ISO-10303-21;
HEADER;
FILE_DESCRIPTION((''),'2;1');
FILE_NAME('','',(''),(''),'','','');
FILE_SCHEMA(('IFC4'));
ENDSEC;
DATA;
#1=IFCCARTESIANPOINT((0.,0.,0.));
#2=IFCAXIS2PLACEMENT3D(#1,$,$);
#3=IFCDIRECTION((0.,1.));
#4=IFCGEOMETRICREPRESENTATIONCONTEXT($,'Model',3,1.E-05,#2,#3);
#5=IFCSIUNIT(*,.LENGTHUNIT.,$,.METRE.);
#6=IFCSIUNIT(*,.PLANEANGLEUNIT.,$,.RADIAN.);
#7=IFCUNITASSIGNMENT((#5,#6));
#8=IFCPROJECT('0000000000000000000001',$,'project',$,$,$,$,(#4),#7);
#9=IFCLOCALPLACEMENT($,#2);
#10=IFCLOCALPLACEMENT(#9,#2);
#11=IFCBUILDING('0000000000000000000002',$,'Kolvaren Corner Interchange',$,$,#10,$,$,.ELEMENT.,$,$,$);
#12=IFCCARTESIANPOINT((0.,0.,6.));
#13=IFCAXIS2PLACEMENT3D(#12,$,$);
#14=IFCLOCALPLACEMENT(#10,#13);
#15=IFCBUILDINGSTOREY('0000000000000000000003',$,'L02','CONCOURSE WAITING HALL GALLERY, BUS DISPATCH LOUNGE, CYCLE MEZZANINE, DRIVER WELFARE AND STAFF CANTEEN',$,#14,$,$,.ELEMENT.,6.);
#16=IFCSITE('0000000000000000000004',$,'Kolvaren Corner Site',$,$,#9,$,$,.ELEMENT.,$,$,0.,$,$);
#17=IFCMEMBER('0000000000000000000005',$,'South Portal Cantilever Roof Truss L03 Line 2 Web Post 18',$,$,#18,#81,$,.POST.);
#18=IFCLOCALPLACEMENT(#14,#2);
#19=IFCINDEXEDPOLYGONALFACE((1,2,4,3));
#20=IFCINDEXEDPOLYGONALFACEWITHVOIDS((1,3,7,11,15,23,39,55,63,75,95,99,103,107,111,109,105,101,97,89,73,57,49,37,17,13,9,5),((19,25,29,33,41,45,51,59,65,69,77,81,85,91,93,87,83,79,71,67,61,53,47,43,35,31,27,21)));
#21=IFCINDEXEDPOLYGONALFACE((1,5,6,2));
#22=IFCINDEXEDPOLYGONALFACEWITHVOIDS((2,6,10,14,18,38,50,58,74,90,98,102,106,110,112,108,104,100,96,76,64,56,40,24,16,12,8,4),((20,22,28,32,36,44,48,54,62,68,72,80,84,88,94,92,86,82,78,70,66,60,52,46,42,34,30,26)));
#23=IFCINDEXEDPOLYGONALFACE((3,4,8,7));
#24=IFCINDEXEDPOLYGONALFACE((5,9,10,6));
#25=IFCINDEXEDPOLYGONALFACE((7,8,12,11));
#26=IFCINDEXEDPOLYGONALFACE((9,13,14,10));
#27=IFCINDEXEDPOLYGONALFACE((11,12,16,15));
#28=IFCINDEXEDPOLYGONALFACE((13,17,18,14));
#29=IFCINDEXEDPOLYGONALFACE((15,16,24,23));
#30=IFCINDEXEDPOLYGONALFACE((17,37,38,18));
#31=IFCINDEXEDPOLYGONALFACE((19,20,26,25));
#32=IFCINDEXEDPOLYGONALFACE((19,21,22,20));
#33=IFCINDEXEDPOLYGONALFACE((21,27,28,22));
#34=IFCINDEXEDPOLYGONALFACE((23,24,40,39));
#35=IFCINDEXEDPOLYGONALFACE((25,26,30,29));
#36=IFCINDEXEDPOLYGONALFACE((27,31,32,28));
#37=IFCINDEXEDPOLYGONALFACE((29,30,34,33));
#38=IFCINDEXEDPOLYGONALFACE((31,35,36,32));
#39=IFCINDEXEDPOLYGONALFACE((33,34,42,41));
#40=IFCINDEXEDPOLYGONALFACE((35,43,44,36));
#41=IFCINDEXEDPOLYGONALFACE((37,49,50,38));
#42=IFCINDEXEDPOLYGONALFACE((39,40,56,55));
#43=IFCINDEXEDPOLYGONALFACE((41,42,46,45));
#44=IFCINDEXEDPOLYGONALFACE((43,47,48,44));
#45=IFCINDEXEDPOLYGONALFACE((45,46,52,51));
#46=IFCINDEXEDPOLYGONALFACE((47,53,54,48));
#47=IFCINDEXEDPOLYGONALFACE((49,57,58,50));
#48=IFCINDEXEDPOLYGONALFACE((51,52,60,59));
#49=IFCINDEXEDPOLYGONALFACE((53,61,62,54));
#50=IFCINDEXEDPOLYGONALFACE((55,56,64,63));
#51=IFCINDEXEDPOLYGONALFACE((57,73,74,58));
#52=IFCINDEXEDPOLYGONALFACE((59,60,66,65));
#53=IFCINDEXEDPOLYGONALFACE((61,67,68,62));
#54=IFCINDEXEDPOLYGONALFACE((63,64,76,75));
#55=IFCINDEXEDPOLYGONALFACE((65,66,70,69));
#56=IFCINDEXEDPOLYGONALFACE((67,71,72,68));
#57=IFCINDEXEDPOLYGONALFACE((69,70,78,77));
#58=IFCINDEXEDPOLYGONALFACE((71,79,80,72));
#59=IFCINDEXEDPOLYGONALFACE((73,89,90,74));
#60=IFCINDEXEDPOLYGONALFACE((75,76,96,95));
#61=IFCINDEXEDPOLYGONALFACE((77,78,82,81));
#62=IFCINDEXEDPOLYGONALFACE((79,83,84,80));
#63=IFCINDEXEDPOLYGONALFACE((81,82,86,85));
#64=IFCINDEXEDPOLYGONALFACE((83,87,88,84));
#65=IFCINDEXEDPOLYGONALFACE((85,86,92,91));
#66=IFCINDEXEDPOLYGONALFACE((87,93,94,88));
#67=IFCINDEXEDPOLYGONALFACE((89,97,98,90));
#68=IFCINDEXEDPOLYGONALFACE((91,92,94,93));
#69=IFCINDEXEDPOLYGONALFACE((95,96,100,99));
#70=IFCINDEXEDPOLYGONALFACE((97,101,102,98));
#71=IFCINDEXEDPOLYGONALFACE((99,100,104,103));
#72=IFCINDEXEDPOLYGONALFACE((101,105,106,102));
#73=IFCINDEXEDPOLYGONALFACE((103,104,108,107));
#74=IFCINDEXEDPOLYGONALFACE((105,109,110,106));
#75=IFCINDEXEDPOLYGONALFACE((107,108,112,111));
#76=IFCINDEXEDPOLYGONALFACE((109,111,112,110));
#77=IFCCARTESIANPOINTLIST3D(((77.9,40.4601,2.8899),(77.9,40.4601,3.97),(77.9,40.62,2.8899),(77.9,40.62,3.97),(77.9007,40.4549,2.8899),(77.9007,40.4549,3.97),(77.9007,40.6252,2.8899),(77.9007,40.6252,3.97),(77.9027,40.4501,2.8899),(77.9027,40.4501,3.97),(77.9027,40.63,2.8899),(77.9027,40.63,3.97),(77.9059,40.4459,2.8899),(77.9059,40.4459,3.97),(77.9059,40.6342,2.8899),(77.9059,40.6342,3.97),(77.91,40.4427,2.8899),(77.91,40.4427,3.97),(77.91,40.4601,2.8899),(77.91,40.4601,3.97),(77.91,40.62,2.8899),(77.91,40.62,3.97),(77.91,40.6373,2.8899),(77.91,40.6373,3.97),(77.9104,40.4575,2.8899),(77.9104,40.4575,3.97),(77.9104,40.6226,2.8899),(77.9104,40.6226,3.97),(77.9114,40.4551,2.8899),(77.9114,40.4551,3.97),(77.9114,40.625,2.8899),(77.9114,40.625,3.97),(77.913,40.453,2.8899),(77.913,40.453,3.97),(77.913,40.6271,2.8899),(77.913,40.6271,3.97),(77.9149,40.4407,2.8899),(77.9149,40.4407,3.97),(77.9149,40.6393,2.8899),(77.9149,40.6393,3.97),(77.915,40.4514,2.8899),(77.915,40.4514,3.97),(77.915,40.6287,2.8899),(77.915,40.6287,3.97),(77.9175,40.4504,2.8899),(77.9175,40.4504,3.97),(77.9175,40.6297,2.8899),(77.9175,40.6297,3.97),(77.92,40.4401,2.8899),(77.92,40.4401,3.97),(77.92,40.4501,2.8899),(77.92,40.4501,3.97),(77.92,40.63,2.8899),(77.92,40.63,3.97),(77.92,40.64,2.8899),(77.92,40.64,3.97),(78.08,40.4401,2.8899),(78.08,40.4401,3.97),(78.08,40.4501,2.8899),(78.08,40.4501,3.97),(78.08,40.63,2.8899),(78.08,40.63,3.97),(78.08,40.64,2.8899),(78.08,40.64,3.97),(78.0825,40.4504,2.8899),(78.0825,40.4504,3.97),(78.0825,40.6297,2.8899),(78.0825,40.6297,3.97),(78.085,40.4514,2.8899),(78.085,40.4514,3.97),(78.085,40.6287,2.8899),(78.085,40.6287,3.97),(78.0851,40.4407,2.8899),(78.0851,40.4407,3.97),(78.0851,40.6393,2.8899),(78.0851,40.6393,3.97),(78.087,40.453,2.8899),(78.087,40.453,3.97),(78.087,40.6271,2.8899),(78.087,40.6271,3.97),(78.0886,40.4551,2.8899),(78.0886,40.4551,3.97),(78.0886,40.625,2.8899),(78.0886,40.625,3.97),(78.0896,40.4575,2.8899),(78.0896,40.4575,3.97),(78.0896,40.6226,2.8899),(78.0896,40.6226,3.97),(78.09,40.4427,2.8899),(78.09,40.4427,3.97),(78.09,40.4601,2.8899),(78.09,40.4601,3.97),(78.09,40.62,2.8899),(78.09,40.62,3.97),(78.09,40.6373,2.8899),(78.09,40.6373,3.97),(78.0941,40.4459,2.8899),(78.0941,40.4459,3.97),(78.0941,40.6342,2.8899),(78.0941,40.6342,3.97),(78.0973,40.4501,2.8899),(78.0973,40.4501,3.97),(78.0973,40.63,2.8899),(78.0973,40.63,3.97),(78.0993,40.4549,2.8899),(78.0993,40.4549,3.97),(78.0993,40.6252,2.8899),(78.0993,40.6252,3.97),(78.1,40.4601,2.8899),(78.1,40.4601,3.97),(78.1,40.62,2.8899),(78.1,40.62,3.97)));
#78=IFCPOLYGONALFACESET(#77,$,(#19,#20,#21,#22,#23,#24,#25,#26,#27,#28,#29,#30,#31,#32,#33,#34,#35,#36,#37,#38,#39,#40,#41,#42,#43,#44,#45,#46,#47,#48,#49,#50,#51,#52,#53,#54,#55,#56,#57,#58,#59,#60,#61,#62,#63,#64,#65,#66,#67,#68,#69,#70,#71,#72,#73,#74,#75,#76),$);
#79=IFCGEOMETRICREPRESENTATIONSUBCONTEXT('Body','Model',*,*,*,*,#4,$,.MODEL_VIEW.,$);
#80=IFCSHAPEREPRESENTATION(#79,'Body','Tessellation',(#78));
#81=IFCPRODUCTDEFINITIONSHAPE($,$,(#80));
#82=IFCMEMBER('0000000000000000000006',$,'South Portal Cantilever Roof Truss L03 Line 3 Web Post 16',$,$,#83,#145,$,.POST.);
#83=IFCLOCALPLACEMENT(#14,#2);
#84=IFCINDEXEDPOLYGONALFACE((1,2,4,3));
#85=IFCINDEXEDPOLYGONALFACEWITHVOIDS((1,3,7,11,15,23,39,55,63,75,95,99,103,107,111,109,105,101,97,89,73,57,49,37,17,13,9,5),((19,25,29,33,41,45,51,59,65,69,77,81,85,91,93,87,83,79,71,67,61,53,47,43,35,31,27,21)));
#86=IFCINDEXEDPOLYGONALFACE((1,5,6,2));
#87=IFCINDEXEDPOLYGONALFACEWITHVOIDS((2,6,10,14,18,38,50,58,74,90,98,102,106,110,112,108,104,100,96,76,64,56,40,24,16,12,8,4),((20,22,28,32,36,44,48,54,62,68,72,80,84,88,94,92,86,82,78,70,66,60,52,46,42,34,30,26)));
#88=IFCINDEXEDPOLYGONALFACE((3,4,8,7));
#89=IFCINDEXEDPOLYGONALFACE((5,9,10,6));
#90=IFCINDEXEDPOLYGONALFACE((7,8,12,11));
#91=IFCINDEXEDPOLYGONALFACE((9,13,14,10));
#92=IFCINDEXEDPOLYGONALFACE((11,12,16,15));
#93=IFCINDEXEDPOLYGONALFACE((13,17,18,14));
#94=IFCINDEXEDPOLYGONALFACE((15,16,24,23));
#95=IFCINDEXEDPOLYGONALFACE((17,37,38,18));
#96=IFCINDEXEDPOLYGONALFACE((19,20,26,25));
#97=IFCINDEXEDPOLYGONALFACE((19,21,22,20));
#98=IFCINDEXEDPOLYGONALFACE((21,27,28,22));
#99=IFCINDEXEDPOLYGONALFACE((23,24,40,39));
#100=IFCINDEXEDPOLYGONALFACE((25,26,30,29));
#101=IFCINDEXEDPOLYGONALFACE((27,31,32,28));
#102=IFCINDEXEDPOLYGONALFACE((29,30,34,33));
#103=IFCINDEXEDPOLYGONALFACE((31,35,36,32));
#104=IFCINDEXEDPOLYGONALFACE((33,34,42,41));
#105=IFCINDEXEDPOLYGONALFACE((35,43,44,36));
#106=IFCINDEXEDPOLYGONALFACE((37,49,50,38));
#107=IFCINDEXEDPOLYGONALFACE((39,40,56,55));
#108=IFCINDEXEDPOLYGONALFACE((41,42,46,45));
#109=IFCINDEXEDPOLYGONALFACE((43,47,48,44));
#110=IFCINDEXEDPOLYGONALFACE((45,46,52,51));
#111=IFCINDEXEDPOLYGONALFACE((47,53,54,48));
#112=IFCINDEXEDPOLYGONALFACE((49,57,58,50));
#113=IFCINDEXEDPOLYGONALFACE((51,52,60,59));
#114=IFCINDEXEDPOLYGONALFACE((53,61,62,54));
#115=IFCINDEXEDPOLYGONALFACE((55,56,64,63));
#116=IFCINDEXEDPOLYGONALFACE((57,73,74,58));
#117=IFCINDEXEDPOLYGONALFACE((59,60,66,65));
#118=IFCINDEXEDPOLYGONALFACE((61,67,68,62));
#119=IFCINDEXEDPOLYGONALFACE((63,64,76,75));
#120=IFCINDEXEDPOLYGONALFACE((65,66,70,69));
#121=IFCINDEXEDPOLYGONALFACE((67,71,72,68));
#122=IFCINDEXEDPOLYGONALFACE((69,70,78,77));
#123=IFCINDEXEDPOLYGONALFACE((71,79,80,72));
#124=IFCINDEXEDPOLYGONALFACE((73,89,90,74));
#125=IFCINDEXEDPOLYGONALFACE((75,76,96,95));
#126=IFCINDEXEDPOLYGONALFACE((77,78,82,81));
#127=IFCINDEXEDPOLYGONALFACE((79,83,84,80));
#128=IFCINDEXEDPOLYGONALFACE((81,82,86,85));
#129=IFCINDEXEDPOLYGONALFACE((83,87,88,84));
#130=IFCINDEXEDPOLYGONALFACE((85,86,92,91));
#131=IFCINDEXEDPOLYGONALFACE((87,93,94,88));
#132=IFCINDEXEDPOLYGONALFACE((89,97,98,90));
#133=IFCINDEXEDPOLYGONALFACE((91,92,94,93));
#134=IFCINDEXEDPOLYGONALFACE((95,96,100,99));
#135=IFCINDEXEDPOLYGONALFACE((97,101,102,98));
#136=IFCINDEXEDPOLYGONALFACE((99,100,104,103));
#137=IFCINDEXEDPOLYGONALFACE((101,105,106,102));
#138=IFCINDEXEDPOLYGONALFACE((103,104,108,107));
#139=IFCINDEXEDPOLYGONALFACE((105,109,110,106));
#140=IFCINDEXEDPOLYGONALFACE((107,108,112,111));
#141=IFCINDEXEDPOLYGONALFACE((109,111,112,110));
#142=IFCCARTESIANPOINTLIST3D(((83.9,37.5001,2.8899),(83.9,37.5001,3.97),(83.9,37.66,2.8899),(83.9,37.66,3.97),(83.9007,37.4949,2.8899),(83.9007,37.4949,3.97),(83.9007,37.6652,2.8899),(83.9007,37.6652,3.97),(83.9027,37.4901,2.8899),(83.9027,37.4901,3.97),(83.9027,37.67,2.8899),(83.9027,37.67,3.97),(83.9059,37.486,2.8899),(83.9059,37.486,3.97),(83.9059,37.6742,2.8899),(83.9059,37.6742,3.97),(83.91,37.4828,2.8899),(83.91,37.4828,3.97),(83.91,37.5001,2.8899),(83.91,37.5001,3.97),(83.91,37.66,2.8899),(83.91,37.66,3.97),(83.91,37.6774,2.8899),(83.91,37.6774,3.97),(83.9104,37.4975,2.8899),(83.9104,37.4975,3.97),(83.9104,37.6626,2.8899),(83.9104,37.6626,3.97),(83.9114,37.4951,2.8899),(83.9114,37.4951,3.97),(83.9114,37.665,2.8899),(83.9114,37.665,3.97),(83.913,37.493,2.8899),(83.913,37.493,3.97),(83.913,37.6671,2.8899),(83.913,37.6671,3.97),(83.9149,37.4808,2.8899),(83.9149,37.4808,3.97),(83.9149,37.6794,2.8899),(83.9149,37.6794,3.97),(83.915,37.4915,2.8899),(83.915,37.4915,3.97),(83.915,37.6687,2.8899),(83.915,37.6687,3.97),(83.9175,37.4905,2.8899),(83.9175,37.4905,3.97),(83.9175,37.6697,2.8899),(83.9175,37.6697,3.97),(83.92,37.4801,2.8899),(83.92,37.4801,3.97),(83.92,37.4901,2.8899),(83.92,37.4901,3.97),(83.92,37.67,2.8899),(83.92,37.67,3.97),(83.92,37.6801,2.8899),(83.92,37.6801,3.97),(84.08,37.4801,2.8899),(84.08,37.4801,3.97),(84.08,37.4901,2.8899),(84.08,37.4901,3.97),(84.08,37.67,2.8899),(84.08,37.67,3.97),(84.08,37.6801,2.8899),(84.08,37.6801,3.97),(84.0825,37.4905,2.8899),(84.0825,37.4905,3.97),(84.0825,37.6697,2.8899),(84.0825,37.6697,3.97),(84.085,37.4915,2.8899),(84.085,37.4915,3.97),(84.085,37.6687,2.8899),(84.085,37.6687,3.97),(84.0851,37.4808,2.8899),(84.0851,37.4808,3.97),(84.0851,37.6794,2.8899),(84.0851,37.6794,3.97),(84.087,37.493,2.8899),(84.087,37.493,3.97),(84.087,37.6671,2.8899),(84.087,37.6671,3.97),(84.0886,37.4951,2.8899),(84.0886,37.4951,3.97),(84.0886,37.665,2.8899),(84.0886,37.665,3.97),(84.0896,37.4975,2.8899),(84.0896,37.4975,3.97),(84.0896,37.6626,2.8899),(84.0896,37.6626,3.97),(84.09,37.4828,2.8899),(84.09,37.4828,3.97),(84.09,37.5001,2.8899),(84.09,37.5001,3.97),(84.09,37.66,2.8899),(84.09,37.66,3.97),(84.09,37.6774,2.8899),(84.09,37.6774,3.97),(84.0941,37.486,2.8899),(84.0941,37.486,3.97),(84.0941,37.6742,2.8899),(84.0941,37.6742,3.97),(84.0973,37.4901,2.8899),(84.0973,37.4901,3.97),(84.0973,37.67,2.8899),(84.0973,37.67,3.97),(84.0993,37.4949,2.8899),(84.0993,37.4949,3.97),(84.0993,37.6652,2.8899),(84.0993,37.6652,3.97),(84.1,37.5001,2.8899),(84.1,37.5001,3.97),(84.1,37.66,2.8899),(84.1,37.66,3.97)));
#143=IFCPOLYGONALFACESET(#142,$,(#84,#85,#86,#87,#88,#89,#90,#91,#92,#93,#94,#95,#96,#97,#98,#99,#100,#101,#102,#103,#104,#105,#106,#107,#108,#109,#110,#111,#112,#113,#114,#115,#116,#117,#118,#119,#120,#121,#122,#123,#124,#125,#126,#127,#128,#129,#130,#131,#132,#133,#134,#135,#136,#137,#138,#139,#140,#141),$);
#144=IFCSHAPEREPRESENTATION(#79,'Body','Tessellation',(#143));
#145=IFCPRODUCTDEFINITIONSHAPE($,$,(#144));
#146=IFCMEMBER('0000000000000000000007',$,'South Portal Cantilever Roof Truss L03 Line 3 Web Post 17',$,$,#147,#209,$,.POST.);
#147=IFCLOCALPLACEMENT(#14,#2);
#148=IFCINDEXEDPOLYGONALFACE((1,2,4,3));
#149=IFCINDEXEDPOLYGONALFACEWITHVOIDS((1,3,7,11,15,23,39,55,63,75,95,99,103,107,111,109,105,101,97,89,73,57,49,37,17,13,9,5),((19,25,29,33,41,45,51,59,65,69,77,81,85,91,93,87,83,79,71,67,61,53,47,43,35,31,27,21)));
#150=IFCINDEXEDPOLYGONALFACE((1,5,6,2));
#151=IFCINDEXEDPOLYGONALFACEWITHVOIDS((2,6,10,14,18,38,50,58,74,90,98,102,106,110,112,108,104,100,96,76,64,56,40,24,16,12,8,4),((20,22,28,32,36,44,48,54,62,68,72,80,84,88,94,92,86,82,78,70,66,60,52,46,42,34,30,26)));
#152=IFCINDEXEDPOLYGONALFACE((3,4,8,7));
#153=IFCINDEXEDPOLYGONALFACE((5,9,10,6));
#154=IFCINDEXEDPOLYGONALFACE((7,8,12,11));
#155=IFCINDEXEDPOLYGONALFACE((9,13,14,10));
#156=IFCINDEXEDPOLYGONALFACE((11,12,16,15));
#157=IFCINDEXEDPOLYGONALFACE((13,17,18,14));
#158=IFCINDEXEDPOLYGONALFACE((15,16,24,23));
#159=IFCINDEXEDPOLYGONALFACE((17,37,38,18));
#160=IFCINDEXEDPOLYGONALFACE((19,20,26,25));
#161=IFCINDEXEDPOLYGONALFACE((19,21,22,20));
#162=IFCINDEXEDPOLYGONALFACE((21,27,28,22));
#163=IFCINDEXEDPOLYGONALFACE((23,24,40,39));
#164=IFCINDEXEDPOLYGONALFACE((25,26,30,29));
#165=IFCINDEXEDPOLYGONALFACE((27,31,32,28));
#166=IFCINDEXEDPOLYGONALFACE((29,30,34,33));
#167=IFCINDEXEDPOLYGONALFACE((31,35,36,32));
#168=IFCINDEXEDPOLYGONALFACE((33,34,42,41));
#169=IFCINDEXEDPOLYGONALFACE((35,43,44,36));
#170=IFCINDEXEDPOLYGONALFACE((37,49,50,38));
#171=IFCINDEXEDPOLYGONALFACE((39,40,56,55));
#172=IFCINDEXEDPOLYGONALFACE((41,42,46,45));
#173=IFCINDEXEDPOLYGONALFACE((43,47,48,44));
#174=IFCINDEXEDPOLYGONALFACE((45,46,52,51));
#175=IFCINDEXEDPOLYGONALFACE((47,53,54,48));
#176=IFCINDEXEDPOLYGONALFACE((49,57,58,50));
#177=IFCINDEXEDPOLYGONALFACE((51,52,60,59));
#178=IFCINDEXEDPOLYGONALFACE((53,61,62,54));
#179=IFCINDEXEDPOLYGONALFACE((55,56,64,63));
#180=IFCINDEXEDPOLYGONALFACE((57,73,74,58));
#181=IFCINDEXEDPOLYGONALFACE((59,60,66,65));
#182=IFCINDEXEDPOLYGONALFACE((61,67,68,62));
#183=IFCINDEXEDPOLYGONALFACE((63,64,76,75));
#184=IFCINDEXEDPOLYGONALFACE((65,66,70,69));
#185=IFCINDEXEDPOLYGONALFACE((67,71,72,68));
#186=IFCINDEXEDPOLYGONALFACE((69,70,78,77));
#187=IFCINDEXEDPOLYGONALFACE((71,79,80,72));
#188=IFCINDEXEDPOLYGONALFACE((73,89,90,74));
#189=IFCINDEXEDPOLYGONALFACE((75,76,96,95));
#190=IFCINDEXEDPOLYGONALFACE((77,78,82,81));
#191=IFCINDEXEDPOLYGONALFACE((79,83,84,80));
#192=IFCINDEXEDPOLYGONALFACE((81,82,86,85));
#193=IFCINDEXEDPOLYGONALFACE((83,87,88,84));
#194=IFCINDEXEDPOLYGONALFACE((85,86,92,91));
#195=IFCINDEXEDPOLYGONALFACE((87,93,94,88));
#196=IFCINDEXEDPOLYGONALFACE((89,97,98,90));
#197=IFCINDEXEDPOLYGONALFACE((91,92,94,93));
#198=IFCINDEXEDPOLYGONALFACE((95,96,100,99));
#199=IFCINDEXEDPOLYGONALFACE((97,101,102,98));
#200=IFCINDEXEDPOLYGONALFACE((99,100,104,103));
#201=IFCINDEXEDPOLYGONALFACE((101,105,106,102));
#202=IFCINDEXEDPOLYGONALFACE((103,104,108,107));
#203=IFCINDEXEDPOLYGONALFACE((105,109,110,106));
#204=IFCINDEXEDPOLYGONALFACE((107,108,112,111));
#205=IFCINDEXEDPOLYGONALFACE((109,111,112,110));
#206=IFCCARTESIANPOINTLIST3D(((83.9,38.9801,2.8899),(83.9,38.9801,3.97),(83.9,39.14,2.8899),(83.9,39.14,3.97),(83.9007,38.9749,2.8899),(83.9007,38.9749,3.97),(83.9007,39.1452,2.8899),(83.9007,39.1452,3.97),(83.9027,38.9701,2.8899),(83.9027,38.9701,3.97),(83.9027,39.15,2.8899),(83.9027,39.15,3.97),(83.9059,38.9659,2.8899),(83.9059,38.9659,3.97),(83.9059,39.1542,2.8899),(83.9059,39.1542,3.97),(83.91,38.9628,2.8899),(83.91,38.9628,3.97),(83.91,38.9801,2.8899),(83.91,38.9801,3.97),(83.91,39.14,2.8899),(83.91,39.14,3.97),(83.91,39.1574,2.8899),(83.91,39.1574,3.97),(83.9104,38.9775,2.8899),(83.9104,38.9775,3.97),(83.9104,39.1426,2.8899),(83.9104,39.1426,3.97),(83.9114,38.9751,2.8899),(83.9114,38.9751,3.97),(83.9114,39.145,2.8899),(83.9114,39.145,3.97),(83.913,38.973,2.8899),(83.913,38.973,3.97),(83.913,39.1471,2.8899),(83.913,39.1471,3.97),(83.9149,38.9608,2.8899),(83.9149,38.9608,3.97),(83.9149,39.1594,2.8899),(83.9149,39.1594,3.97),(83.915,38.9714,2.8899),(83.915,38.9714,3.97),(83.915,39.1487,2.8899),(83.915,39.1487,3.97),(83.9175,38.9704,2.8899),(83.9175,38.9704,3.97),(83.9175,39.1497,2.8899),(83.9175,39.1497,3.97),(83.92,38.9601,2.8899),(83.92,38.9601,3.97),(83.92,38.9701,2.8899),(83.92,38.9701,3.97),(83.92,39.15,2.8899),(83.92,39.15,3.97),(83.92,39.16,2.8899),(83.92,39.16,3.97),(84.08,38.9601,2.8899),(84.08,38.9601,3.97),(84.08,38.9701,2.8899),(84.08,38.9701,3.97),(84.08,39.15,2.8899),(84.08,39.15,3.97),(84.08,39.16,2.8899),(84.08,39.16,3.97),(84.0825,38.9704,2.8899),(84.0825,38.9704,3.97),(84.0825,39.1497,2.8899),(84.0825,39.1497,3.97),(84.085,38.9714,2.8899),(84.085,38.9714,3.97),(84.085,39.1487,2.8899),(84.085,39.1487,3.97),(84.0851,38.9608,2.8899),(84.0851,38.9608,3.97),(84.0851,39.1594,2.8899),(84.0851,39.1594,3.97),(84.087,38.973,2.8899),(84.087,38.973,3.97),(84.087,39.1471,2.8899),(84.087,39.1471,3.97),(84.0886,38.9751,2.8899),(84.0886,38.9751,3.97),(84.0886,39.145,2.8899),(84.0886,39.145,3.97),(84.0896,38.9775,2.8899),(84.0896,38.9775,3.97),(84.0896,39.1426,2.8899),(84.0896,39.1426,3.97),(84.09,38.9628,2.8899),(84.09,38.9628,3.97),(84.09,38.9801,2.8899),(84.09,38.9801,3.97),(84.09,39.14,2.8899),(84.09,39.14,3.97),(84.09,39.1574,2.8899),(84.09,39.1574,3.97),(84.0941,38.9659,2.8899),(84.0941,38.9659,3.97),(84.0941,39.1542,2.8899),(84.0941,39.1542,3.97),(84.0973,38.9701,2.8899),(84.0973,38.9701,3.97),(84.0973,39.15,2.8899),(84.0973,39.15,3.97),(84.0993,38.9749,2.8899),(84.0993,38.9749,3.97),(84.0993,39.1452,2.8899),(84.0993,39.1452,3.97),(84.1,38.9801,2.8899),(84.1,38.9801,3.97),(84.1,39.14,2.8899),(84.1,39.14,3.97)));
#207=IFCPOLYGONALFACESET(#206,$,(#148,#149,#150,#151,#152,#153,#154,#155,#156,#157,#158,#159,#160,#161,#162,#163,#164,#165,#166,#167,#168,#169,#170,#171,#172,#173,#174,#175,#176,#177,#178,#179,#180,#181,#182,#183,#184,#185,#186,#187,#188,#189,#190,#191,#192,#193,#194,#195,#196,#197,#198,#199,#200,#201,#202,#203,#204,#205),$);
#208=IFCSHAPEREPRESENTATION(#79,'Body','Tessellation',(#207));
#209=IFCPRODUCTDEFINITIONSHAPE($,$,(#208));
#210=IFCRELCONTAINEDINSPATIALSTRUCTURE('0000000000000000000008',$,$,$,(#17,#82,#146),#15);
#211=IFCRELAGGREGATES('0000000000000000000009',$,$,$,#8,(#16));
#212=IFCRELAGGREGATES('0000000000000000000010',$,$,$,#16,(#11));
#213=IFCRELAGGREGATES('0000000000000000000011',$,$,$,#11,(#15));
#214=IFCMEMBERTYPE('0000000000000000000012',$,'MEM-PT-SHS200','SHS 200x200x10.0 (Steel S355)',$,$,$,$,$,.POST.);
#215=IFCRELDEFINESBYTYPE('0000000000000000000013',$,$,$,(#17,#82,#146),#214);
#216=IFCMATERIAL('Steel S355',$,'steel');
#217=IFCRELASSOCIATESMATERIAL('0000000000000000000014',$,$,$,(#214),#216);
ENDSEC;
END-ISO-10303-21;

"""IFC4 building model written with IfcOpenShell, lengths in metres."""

from ifc_helpers import new_model, si_unit, direction, frame, origin, origin_2d, place, context, subcontext, project, spatial, hollow_rectangle, extrude, material, material_profile, profile_set, type_object, element, save


model = new_model("IFC4")

# Units and contexts
model_context = context("Model", 3, precision=1e-05, world=origin(), true_north=direction((0.0, 1.0)))
body_context = subcontext(model_context, "Body", "Model", "MODEL_VIEW")
ifc_project = project(units=[si_unit("LENGTHUNIT", "METRE"), si_unit("PLANEANGLEUNIT", "RADIAN")], contexts=[model_context])

# Site, building, storey
site_placement = place(None, origin())
site = spatial("IfcSite", under=ifc_project, at=site_placement, Name="Kolvaren Corner Site", CompositionType="ELEMENT", RefElevation=0.0)
building_placement = place(site_placement, origin())
building = spatial("IfcBuilding", under=site, at=building_placement, Name="Kolvaren Corner Interchange", CompositionType="ELEMENT")
storey_placement = place(building_placement, frame((0.0, 0.0, 6.0)))
storey = spatial("IfcBuildingStorey", under=building, at=storey_placement, Name="L02", Description="CONCOURSE WAITING HALL GALLERY, BUS DISPATCH LOUNGE, CYCLE MEZZANINE, DRIVER WELFARE AND STAFF CANTEEN", CompositionType="ELEMENT", Elevation=6.0)

# Members
ifc_material_1 = material(Name="Steel S355", Category="steel")
ifc_material_profile_1 = material_profile(ifc_material_1, hollow_rectangle(XDim=0.2, YDim=0.2, WallThickness=0.01, InnerFilletRadius=0.01, OuterFilletRadius=0.02, at=origin_2d()), Name="SHS 200x200x10.0")
ifc_profile_set_1 = profile_set([ifc_material_profile_1], Name="Steel S355")
member_type_1 = type_object("IfcMemberType", Name="MEM-PT-SHS200", Description="SHS 200x200x10.0 (Steel S355)", PredefinedType="POST", material=ifc_profile_set_1)
for number, where, z_axis, x_axis, name in (
    (1, (78.0, 40.54, 2.8899), (0.0, 0.0, 1.0), (1.0, 0.0, 0.0), "South Portal Cantilever Roof Truss L03 Line 2 Web Post 18"),
    (2, (84.0, 37.5801, 2.8899), (0.0, 0.0, 1.0), (1.0, 0.0, 0.0), "South Portal Cantilever Roof Truss L03 Line 3 Web Post 16"),
    (3, (84.0, 39.0601, 2.8899), (0.0, 0.0, 1.0), (1.0, 0.0, 0.0), "South Portal Cantilever Roof Truss L03 Line 3 Web Post 17"),
):
    element("IfcMember", number, at=place(storey_placement, frame(where, z_axis=z_axis, x_axis=x_axis)), inside=storey, type_object=member_type_1, Name=name, PredefinedType="POST", context=body_context, shape_type="SweptSolid", body=[
        extrude(hollow_rectangle(XDim=0.2, YDim=0.2, WallThickness=0.01, InnerFilletRadius=0.01, OuterFilletRadius=0.02, at=origin_2d()), origin(), (0.0, 0.0, 1.0), 1.0801),
    ])

save(model, "model.ifc")
